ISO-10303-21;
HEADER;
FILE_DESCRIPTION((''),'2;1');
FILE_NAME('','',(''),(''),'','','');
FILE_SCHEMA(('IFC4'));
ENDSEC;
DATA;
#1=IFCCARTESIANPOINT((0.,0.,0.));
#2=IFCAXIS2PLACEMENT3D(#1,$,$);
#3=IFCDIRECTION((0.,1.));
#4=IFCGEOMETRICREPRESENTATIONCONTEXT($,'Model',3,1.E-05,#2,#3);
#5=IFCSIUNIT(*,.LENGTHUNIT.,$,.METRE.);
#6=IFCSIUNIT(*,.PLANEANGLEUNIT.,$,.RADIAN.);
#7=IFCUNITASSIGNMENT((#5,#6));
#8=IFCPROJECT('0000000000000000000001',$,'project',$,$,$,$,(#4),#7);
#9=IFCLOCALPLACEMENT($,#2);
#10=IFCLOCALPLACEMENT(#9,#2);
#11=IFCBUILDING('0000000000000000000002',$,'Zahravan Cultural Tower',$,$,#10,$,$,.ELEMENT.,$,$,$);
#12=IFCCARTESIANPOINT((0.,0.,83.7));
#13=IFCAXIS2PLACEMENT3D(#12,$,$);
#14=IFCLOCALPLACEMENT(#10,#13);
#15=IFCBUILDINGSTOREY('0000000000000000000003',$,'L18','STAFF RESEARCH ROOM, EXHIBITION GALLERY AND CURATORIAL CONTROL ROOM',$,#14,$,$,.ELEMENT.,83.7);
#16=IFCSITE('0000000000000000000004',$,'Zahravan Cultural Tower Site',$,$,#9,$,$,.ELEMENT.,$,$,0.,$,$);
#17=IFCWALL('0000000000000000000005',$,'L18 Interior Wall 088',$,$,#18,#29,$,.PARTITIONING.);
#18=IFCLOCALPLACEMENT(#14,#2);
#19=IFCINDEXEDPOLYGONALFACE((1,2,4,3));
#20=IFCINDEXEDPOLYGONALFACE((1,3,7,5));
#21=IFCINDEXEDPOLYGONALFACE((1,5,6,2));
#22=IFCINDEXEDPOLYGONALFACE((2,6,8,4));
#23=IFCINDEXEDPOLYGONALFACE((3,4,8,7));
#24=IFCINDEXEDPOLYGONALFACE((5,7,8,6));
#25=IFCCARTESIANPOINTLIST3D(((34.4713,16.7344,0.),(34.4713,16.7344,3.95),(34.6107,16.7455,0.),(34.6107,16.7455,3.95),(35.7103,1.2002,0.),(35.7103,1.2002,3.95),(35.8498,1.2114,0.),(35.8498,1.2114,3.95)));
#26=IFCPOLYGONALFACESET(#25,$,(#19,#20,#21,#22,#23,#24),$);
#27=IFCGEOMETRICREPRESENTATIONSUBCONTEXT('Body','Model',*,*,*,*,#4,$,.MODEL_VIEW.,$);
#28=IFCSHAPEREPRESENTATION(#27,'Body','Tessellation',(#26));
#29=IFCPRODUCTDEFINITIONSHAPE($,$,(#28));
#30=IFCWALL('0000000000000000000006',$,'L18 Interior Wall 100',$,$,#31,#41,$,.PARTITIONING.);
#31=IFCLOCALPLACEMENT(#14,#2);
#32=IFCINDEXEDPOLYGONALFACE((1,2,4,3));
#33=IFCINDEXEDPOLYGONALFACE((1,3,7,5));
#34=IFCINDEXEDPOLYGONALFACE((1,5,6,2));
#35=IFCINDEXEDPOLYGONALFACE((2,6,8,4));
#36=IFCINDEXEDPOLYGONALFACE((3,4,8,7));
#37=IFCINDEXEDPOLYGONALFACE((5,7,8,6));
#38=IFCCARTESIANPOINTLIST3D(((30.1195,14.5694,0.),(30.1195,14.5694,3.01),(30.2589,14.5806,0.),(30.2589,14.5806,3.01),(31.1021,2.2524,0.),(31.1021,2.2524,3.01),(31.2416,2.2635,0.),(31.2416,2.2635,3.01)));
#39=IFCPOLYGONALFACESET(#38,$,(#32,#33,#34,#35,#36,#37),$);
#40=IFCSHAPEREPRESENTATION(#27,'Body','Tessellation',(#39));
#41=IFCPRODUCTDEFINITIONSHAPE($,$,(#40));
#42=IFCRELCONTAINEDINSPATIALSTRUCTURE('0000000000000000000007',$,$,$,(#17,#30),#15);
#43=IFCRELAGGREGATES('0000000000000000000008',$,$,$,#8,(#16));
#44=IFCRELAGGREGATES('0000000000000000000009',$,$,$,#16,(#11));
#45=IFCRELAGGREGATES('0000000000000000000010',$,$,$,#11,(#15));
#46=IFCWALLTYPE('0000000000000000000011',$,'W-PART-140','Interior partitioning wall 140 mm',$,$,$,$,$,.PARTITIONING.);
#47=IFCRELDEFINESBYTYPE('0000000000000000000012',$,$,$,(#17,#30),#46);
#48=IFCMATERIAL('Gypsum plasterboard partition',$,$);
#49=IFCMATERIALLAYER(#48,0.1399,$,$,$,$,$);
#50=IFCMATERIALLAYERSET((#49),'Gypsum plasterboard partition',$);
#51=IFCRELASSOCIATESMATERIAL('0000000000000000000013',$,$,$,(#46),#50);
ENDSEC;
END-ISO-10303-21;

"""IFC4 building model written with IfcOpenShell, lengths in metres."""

from ifc_helpers import new_model, si_unit, direction, frame, frame_2d, origin, place, context, subcontext, project, spatial, rectangle, extrude, source, transform, mapped, material, layer, layer_set, type_object, element, save


model = new_model("IFC4")

# Units and contexts
model_context = context("Model", 3, precision=1e-05, world=origin(), true_north=direction((0.0, 1.0)))
body_context = subcontext(model_context, "Body", "Model", "MODEL_VIEW")
ifc_project = project(units=[si_unit("LENGTHUNIT", "METRE"), si_unit("PLANEANGLEUNIT", "RADIAN")], contexts=[model_context])

# Site, building, storey
site_placement = place(None, origin())
site = spatial("IfcSite", under=ifc_project, at=site_placement, Name="Zahravan Cultural Tower Site", CompositionType="ELEMENT", RefElevation=0.0)
building_placement = place(site_placement, origin())
building = spatial("IfcBuilding", under=site, at=building_placement, Name="Zahravan Cultural Tower", CompositionType="ELEMENT")
storey_placement = place(building_placement, frame((0.0, 0.0, 83.7)))
storey = spatial("IfcBuildingStorey", under=building, at=storey_placement, Name="L18", Description="STAFF RESEARCH ROOM, EXHIBITION GALLERY AND CURATORIAL CONTROL ROOM", CompositionType="ELEMENT", Elevation=83.7)

# Walls
ifc_material_1 = material(Name="Gypsum plasterboard partition")
ifc_layer_1 = layer(ifc_material_1, 0.1399)
ifc_layer_set_1 = layer_set([ifc_layer_1], Name="Gypsum plasterboard partition")
wall_type_1 = type_object("IfcWallType", Name="W-PART-140", Description="Interior partitioning wall 140 mm", PredefinedType="PARTITIONING", material=ifc_layer_set_1)
shared_shape_1 = source(origin(), body_context, "Body", "SweptSolid", [
    extrude(rectangle(XDim=15.5835, YDim=0.1399, at=frame_2d((7.7917, 0.0))), origin(), (0.0, 0.0, 1.0), 3.95),
])
wall_1_placement = place(storey_placement, frame((35.78, 1.2058, 0.0), z_axis=(0.0, 0.0, 1.0), x_axis=(-0.079508, 0.996834, 0.0)))
element("IfcWall", 1, at=wall_1_placement, inside=storey, type_object=wall_type_1, Name="L18 Interior Wall 088", PredefinedType="PARTITIONING", context=body_context, shape_type="MappedRepresentation", body=[
    mapped(shared_shape_1, transform((0.0, 0.0, 0.0), x_axis=(1.0, 0.0, 0.0), y_axis=(0.0, 1.0, 0.0), z_axis=(0.0, 0.0, 1.0), scale=1.0)),
])
shared_shape_2 = source(origin(), body_context, "Body", "SweptSolid", [
    extrude(rectangle(XDim=12.3562, YDim=0.1399, at=frame_2d((6.1782, 0.0))), origin(), (0.0, 0.0, 1.0), 3.01),
])
wall_2_placement = place(storey_placement, frame((31.1719, 2.2578, 0.0), z_axis=(0.0, 0.0, 1.0), x_axis=(-0.079528, 0.996833, 0.0)))
element("IfcWall", 2, at=wall_2_placement, inside=storey, type_object=wall_type_1, Name="L18 Interior Wall 100", PredefinedType="PARTITIONING", context=body_context, shape_type="MappedRepresentation", body=[
    mapped(shared_shape_2, transform((0.0, 0.0, 0.0), x_axis=(1.0, 0.0, 0.0), y_axis=(0.0, 1.0, 0.0), z_axis=(0.0, 0.0, 1.0), scale=1.0)),
])

save(model, "model.ifc")
